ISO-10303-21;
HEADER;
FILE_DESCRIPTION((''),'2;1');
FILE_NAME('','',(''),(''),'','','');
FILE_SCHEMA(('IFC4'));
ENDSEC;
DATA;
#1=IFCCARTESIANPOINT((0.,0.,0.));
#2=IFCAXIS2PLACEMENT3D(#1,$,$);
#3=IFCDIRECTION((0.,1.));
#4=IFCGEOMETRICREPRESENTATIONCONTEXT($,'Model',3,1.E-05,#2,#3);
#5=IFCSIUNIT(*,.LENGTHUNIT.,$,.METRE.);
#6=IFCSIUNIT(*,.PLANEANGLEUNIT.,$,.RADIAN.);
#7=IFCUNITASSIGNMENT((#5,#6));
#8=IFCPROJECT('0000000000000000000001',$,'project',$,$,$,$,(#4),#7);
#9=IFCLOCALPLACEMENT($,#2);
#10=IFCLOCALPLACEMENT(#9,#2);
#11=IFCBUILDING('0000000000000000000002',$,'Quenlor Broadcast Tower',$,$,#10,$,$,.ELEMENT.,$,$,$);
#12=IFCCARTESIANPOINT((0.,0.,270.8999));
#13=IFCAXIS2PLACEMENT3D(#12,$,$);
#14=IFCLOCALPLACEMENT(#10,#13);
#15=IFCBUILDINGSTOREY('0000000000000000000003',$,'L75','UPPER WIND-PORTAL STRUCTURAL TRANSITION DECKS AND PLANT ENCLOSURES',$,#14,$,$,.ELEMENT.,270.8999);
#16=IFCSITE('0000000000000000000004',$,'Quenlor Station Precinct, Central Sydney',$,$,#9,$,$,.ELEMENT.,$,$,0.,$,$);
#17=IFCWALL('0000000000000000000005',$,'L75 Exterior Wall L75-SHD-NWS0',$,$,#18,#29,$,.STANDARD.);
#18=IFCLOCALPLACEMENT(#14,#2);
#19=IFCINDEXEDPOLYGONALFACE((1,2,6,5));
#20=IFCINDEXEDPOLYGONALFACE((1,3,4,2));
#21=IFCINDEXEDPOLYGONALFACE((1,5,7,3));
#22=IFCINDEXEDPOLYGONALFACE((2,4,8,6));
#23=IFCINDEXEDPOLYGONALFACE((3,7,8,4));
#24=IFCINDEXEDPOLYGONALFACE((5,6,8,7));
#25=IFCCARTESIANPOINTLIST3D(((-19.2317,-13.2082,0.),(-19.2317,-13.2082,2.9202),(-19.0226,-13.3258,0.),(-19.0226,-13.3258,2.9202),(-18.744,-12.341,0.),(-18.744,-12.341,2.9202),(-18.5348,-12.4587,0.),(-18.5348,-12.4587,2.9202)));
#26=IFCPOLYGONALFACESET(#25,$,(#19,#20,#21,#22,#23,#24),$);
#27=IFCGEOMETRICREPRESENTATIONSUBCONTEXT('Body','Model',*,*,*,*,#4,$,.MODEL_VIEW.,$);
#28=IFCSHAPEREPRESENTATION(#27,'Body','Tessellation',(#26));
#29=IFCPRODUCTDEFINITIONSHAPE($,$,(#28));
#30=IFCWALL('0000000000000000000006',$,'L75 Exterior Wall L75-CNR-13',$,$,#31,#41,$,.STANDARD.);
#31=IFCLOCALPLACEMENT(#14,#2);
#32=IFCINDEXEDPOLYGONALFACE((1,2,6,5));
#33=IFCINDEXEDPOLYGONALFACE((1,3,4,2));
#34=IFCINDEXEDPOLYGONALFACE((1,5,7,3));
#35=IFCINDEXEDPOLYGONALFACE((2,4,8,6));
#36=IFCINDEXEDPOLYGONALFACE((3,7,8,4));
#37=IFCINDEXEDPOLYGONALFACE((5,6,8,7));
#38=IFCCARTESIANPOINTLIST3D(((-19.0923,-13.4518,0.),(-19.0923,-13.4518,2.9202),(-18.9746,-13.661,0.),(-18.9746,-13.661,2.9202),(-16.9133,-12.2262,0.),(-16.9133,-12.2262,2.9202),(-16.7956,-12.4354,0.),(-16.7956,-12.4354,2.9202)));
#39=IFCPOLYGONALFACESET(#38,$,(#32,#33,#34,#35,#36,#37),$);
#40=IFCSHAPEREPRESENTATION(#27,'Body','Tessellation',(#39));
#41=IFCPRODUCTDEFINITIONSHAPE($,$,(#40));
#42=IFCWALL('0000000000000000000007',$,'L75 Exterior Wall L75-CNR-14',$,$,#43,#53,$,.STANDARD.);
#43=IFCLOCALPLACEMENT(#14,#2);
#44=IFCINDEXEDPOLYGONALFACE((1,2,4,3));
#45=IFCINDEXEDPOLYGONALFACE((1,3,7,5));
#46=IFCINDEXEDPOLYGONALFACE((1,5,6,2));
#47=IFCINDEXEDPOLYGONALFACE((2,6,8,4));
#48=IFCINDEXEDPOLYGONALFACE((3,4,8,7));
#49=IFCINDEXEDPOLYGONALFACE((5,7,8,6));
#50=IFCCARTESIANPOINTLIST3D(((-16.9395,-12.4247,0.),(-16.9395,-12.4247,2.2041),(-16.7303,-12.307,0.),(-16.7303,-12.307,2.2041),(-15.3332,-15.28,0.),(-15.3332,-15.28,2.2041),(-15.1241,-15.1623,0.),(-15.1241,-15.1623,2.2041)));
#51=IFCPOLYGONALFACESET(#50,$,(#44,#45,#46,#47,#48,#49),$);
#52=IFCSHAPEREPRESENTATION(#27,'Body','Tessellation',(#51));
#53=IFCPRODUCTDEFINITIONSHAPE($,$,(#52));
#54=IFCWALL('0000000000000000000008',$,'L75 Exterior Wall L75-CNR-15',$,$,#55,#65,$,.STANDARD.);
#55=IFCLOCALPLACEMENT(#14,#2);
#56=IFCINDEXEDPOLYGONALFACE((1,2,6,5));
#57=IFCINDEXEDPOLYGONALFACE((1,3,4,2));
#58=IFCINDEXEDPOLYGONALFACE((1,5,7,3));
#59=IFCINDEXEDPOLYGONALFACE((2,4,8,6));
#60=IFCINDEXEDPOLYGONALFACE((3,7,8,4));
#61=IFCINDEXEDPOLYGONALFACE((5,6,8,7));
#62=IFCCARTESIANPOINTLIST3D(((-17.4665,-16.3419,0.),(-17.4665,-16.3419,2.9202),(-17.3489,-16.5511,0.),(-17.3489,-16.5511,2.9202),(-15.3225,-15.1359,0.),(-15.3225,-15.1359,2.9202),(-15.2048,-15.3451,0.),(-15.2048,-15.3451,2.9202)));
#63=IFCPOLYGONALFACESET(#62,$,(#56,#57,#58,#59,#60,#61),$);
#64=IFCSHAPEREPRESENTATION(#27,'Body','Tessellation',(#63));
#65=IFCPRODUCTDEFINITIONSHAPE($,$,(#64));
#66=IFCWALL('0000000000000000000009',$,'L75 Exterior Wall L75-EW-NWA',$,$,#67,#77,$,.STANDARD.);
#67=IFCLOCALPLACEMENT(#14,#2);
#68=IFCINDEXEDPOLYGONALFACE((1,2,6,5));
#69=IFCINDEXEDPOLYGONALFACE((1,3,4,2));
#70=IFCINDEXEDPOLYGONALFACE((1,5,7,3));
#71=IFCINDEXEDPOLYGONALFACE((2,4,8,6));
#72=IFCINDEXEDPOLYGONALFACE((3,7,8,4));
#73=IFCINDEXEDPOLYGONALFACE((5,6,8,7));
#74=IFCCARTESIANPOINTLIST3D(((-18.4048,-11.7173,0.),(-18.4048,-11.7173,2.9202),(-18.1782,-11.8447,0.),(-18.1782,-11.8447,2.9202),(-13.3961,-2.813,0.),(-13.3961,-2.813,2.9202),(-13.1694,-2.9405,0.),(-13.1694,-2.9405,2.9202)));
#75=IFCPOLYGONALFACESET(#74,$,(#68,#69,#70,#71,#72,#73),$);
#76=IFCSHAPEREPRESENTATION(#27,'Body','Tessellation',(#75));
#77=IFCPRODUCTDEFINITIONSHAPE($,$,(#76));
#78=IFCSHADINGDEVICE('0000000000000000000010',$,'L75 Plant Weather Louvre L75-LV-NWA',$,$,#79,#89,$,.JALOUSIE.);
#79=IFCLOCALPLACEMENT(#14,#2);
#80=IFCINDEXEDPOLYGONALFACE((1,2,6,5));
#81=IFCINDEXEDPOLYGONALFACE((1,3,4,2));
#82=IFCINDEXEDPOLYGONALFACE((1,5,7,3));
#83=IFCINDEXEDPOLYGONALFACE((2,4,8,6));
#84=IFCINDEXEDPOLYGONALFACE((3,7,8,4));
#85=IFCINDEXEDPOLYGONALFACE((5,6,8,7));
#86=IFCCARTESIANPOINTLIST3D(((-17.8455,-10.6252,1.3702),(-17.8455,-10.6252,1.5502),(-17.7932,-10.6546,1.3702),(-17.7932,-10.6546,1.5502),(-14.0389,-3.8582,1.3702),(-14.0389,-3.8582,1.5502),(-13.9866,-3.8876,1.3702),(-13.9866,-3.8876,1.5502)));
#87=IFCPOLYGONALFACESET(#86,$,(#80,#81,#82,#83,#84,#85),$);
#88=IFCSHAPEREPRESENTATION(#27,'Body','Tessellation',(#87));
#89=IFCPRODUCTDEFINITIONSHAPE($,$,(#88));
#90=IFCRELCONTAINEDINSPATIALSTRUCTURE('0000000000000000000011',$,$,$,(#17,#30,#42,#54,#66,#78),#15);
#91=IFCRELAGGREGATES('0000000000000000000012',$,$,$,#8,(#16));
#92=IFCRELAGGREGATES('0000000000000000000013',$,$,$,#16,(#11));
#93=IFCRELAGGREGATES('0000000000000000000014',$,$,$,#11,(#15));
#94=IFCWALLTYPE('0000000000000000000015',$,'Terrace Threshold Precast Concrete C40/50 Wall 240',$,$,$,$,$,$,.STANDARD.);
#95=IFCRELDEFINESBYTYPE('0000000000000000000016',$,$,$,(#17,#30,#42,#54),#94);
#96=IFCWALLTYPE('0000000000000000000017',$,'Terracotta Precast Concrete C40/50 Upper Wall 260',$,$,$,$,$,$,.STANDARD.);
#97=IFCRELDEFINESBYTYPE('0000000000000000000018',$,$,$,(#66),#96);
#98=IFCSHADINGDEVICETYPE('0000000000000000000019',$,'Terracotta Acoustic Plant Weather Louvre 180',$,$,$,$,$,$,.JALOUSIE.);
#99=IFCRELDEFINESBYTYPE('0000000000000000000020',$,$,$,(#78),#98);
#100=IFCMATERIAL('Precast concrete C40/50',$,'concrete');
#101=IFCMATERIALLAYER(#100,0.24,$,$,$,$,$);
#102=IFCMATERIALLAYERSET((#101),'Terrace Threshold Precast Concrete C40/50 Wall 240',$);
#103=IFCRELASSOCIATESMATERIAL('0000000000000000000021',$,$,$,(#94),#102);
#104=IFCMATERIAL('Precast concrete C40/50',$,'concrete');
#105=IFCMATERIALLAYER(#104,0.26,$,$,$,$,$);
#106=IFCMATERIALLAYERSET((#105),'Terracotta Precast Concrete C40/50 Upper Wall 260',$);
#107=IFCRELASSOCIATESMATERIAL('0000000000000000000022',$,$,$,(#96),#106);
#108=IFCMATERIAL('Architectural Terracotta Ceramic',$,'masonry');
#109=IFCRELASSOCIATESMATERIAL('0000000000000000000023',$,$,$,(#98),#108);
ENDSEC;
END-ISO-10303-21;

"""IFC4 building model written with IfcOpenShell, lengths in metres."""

from ifc_helpers import new_model, si_unit, direction, frame, frame_2d, origin, origin_2d, place, context, subcontext, project, spatial, rectangle, extrude, material, layer, layer_set, material_profile, profile_set, type_object, element, save


model = new_model("IFC4")

# Units and contexts
model_context = context("Model", 3, precision=1e-05, world=origin(), true_north=direction((0.0, 1.0)))
body_context = subcontext(model_context, "Body", "Model", "MODEL_VIEW")
ifc_project = project(units=[si_unit("LENGTHUNIT", "METRE"), si_unit("PLANEANGLEUNIT", "RADIAN")], contexts=[model_context])

# Site, building, storey
site_placement = place(None, origin())
site = spatial("IfcSite", under=ifc_project, at=site_placement, Name="Quenlor Station Precinct, Central Sydney", CompositionType="ELEMENT", RefElevation=0.0)
building_placement = place(site_placement, origin())
building = spatial("IfcBuilding", under=site, at=building_placement, Name="Quenlor Broadcast Tower", CompositionType="ELEMENT")
storey_placement = place(building_placement, frame((0.0, 0.0, 270.8999)))
storey = spatial("IfcBuildingStorey", under=building, at=storey_placement, Name="L75", Description="UPPER WIND-PORTAL STRUCTURAL TRANSITION DECKS AND PLANT ENCLOSURES", CompositionType="ELEMENT", Elevation=270.8999)

# Walls
ifc_material_1 = material(Name="Precast concrete C40/50", Category="concrete")
ifc_layer_1 = layer(ifc_material_1, 0.24)
ifc_layer_set_1 = layer_set([ifc_layer_1], Name="Terrace Threshold Precast Concrete C40/50 Wall 240")
wall_type_1 = type_object("IfcWallType", Name="Terrace Threshold Precast Concrete C40/50 Wall 240", PredefinedType="STANDARD", material=ifc_layer_set_1)
wall_1_placement = place(storey_placement, frame((-19.1272, -13.2671, 0.0), z_axis=(0.0, 0.0, 1.0), x_axis=(0.490261, 0.871576, 0.0)))
element("IfcWall", 1, at=wall_1_placement, inside=storey, type_object=wall_type_1, Name="L75 Exterior Wall L75-SHD-NWS0", PredefinedType="STANDARD", context=body_context, shape_type="SweptSolid", body=[
    extrude(rectangle(XDim=0.9949, YDim=0.24, at=frame_2d((0.4976, 0.0))), origin(), (0.0, 0.0, 1.0), 2.9202),
])
wall_2_placement = place(storey_placement, frame((-19.0334, -13.5564, 0.0), z_axis=(0.0, 0.0, 1.0), x_axis=(0.871589, 0.490238, 0.0)))
element("IfcWall", 2, at=wall_2_placement, inside=storey, type_object=wall_type_1, Name="L75 Exterior Wall L75-CNR-13", PredefinedType="STANDARD", context=body_context, shape_type="SweptSolid", body=[
    extrude(rectangle(XDim=2.5, YDim=0.24, at=frame_2d((1.25, 0.0))), origin(), (0.0, 0.0, 1.0), 2.9202),
])
wall_3_placement = place(storey_placement, frame((-16.835, -12.3657, 0.0), z_axis=(0.0, 0.0, 1.0), x_axis=(0.490293, -0.871558, 0.0)))
element("IfcWall", 3, at=wall_3_placement, inside=storey, type_object=wall_type_1, Name="L75 Exterior Wall L75-CNR-14", PredefinedType="STANDARD", context=body_context, shape_type="SweptSolid", body=[
    extrude(rectangle(XDim=3.2761, YDim=0.24, at=frame_2d((1.6382, 0.0))), origin(), (0.0, 0.0, 1.0), 2.2041),
])
wall_4_placement = place(storey_placement, frame((-15.2637, -15.2405, 0.0), z_axis=(0.0, 0.0, 1.0), x_axis=(-0.87157, -0.490271, 0.0)))
element("IfcWall", 4, at=wall_4_placement, inside=storey, type_object=wall_type_1, Name="L75 Exterior Wall L75-CNR-15", PredefinedType="STANDARD", context=body_context, shape_type="SweptSolid", body=[
    extrude(rectangle(XDim=2.46, YDim=0.24, at=frame_2d((1.23, 0.0))), origin(), (0.0, 0.0, 1.0), 2.9202),
])
ifc_material_2 = material(Name="Precast concrete C40/50", Category="concrete")
ifc_layer_2 = layer(ifc_material_2, 0.26)
ifc_layer_set_2 = layer_set([ifc_layer_2], Name="Terracotta Precast Concrete C40/50 Upper Wall 260")
wall_type_2 = type_object("IfcWallType", Name="Terracotta Precast Concrete C40/50 Upper Wall 260", PredefinedType="STANDARD", material=ifc_layer_set_2)
wall_5_placement = place(storey_placement, frame((-18.2915, -11.781, 0.0), z_axis=(0.0, 0.0, 1.0), x_axis=(0.49027, 0.87157, 0.0)))
element("IfcWall", 5, at=wall_5_placement, inside=storey, type_object=wall_type_2, Name="L75 Exterior Wall L75-EW-NWA", PredefinedType="STANDARD", context=body_context, shape_type="SweptSolid", body=[
    extrude(rectangle(XDim=10.2163, YDim=0.26, at=frame_2d((5.1082, 0.0))), origin(), (0.0, 0.0, 1.0), 2.9202),
])

# Shading device
ifc_material_3 = material(Name="Architectural Terracotta Ceramic", Category="masonry")
ifc_material_profile_1 = material_profile(ifc_material_3, rectangle(XDim=0.0601, YDim=0.1799, at=origin_2d()))
ifc_profile_set_1 = profile_set([ifc_material_profile_1], Name="Architectural Terracotta Ceramic LVR60x180")
shading_device_type = type_object("IfcShadingDeviceType", Name="Terracotta Acoustic Plant Weather Louvre 180", PredefinedType="JALOUSIE", material=ifc_profile_set_1)
shading_device_placement = place(storey_placement, frame((-17.8193, -10.6399, 1.4602), z_axis=(0.490276, 0.871567, 0.0), x_axis=(-0.871567, 0.490276, 0.0)))
element("IfcShadingDevice", 6, at=shading_device_placement, inside=storey, type_object=shading_device_type, Name="L75 Plant Weather Louvre L75-LV-NWA", PredefinedType="JALOUSIE", context=body_context, shape_type="SweptSolid", body=[
    extrude(rectangle(XDim=0.0601, YDim=0.1799, at=origin_2d()), origin(), (0.0, 0.0, 1.0), 7.7642),
])

save(model, "model.ifc")
